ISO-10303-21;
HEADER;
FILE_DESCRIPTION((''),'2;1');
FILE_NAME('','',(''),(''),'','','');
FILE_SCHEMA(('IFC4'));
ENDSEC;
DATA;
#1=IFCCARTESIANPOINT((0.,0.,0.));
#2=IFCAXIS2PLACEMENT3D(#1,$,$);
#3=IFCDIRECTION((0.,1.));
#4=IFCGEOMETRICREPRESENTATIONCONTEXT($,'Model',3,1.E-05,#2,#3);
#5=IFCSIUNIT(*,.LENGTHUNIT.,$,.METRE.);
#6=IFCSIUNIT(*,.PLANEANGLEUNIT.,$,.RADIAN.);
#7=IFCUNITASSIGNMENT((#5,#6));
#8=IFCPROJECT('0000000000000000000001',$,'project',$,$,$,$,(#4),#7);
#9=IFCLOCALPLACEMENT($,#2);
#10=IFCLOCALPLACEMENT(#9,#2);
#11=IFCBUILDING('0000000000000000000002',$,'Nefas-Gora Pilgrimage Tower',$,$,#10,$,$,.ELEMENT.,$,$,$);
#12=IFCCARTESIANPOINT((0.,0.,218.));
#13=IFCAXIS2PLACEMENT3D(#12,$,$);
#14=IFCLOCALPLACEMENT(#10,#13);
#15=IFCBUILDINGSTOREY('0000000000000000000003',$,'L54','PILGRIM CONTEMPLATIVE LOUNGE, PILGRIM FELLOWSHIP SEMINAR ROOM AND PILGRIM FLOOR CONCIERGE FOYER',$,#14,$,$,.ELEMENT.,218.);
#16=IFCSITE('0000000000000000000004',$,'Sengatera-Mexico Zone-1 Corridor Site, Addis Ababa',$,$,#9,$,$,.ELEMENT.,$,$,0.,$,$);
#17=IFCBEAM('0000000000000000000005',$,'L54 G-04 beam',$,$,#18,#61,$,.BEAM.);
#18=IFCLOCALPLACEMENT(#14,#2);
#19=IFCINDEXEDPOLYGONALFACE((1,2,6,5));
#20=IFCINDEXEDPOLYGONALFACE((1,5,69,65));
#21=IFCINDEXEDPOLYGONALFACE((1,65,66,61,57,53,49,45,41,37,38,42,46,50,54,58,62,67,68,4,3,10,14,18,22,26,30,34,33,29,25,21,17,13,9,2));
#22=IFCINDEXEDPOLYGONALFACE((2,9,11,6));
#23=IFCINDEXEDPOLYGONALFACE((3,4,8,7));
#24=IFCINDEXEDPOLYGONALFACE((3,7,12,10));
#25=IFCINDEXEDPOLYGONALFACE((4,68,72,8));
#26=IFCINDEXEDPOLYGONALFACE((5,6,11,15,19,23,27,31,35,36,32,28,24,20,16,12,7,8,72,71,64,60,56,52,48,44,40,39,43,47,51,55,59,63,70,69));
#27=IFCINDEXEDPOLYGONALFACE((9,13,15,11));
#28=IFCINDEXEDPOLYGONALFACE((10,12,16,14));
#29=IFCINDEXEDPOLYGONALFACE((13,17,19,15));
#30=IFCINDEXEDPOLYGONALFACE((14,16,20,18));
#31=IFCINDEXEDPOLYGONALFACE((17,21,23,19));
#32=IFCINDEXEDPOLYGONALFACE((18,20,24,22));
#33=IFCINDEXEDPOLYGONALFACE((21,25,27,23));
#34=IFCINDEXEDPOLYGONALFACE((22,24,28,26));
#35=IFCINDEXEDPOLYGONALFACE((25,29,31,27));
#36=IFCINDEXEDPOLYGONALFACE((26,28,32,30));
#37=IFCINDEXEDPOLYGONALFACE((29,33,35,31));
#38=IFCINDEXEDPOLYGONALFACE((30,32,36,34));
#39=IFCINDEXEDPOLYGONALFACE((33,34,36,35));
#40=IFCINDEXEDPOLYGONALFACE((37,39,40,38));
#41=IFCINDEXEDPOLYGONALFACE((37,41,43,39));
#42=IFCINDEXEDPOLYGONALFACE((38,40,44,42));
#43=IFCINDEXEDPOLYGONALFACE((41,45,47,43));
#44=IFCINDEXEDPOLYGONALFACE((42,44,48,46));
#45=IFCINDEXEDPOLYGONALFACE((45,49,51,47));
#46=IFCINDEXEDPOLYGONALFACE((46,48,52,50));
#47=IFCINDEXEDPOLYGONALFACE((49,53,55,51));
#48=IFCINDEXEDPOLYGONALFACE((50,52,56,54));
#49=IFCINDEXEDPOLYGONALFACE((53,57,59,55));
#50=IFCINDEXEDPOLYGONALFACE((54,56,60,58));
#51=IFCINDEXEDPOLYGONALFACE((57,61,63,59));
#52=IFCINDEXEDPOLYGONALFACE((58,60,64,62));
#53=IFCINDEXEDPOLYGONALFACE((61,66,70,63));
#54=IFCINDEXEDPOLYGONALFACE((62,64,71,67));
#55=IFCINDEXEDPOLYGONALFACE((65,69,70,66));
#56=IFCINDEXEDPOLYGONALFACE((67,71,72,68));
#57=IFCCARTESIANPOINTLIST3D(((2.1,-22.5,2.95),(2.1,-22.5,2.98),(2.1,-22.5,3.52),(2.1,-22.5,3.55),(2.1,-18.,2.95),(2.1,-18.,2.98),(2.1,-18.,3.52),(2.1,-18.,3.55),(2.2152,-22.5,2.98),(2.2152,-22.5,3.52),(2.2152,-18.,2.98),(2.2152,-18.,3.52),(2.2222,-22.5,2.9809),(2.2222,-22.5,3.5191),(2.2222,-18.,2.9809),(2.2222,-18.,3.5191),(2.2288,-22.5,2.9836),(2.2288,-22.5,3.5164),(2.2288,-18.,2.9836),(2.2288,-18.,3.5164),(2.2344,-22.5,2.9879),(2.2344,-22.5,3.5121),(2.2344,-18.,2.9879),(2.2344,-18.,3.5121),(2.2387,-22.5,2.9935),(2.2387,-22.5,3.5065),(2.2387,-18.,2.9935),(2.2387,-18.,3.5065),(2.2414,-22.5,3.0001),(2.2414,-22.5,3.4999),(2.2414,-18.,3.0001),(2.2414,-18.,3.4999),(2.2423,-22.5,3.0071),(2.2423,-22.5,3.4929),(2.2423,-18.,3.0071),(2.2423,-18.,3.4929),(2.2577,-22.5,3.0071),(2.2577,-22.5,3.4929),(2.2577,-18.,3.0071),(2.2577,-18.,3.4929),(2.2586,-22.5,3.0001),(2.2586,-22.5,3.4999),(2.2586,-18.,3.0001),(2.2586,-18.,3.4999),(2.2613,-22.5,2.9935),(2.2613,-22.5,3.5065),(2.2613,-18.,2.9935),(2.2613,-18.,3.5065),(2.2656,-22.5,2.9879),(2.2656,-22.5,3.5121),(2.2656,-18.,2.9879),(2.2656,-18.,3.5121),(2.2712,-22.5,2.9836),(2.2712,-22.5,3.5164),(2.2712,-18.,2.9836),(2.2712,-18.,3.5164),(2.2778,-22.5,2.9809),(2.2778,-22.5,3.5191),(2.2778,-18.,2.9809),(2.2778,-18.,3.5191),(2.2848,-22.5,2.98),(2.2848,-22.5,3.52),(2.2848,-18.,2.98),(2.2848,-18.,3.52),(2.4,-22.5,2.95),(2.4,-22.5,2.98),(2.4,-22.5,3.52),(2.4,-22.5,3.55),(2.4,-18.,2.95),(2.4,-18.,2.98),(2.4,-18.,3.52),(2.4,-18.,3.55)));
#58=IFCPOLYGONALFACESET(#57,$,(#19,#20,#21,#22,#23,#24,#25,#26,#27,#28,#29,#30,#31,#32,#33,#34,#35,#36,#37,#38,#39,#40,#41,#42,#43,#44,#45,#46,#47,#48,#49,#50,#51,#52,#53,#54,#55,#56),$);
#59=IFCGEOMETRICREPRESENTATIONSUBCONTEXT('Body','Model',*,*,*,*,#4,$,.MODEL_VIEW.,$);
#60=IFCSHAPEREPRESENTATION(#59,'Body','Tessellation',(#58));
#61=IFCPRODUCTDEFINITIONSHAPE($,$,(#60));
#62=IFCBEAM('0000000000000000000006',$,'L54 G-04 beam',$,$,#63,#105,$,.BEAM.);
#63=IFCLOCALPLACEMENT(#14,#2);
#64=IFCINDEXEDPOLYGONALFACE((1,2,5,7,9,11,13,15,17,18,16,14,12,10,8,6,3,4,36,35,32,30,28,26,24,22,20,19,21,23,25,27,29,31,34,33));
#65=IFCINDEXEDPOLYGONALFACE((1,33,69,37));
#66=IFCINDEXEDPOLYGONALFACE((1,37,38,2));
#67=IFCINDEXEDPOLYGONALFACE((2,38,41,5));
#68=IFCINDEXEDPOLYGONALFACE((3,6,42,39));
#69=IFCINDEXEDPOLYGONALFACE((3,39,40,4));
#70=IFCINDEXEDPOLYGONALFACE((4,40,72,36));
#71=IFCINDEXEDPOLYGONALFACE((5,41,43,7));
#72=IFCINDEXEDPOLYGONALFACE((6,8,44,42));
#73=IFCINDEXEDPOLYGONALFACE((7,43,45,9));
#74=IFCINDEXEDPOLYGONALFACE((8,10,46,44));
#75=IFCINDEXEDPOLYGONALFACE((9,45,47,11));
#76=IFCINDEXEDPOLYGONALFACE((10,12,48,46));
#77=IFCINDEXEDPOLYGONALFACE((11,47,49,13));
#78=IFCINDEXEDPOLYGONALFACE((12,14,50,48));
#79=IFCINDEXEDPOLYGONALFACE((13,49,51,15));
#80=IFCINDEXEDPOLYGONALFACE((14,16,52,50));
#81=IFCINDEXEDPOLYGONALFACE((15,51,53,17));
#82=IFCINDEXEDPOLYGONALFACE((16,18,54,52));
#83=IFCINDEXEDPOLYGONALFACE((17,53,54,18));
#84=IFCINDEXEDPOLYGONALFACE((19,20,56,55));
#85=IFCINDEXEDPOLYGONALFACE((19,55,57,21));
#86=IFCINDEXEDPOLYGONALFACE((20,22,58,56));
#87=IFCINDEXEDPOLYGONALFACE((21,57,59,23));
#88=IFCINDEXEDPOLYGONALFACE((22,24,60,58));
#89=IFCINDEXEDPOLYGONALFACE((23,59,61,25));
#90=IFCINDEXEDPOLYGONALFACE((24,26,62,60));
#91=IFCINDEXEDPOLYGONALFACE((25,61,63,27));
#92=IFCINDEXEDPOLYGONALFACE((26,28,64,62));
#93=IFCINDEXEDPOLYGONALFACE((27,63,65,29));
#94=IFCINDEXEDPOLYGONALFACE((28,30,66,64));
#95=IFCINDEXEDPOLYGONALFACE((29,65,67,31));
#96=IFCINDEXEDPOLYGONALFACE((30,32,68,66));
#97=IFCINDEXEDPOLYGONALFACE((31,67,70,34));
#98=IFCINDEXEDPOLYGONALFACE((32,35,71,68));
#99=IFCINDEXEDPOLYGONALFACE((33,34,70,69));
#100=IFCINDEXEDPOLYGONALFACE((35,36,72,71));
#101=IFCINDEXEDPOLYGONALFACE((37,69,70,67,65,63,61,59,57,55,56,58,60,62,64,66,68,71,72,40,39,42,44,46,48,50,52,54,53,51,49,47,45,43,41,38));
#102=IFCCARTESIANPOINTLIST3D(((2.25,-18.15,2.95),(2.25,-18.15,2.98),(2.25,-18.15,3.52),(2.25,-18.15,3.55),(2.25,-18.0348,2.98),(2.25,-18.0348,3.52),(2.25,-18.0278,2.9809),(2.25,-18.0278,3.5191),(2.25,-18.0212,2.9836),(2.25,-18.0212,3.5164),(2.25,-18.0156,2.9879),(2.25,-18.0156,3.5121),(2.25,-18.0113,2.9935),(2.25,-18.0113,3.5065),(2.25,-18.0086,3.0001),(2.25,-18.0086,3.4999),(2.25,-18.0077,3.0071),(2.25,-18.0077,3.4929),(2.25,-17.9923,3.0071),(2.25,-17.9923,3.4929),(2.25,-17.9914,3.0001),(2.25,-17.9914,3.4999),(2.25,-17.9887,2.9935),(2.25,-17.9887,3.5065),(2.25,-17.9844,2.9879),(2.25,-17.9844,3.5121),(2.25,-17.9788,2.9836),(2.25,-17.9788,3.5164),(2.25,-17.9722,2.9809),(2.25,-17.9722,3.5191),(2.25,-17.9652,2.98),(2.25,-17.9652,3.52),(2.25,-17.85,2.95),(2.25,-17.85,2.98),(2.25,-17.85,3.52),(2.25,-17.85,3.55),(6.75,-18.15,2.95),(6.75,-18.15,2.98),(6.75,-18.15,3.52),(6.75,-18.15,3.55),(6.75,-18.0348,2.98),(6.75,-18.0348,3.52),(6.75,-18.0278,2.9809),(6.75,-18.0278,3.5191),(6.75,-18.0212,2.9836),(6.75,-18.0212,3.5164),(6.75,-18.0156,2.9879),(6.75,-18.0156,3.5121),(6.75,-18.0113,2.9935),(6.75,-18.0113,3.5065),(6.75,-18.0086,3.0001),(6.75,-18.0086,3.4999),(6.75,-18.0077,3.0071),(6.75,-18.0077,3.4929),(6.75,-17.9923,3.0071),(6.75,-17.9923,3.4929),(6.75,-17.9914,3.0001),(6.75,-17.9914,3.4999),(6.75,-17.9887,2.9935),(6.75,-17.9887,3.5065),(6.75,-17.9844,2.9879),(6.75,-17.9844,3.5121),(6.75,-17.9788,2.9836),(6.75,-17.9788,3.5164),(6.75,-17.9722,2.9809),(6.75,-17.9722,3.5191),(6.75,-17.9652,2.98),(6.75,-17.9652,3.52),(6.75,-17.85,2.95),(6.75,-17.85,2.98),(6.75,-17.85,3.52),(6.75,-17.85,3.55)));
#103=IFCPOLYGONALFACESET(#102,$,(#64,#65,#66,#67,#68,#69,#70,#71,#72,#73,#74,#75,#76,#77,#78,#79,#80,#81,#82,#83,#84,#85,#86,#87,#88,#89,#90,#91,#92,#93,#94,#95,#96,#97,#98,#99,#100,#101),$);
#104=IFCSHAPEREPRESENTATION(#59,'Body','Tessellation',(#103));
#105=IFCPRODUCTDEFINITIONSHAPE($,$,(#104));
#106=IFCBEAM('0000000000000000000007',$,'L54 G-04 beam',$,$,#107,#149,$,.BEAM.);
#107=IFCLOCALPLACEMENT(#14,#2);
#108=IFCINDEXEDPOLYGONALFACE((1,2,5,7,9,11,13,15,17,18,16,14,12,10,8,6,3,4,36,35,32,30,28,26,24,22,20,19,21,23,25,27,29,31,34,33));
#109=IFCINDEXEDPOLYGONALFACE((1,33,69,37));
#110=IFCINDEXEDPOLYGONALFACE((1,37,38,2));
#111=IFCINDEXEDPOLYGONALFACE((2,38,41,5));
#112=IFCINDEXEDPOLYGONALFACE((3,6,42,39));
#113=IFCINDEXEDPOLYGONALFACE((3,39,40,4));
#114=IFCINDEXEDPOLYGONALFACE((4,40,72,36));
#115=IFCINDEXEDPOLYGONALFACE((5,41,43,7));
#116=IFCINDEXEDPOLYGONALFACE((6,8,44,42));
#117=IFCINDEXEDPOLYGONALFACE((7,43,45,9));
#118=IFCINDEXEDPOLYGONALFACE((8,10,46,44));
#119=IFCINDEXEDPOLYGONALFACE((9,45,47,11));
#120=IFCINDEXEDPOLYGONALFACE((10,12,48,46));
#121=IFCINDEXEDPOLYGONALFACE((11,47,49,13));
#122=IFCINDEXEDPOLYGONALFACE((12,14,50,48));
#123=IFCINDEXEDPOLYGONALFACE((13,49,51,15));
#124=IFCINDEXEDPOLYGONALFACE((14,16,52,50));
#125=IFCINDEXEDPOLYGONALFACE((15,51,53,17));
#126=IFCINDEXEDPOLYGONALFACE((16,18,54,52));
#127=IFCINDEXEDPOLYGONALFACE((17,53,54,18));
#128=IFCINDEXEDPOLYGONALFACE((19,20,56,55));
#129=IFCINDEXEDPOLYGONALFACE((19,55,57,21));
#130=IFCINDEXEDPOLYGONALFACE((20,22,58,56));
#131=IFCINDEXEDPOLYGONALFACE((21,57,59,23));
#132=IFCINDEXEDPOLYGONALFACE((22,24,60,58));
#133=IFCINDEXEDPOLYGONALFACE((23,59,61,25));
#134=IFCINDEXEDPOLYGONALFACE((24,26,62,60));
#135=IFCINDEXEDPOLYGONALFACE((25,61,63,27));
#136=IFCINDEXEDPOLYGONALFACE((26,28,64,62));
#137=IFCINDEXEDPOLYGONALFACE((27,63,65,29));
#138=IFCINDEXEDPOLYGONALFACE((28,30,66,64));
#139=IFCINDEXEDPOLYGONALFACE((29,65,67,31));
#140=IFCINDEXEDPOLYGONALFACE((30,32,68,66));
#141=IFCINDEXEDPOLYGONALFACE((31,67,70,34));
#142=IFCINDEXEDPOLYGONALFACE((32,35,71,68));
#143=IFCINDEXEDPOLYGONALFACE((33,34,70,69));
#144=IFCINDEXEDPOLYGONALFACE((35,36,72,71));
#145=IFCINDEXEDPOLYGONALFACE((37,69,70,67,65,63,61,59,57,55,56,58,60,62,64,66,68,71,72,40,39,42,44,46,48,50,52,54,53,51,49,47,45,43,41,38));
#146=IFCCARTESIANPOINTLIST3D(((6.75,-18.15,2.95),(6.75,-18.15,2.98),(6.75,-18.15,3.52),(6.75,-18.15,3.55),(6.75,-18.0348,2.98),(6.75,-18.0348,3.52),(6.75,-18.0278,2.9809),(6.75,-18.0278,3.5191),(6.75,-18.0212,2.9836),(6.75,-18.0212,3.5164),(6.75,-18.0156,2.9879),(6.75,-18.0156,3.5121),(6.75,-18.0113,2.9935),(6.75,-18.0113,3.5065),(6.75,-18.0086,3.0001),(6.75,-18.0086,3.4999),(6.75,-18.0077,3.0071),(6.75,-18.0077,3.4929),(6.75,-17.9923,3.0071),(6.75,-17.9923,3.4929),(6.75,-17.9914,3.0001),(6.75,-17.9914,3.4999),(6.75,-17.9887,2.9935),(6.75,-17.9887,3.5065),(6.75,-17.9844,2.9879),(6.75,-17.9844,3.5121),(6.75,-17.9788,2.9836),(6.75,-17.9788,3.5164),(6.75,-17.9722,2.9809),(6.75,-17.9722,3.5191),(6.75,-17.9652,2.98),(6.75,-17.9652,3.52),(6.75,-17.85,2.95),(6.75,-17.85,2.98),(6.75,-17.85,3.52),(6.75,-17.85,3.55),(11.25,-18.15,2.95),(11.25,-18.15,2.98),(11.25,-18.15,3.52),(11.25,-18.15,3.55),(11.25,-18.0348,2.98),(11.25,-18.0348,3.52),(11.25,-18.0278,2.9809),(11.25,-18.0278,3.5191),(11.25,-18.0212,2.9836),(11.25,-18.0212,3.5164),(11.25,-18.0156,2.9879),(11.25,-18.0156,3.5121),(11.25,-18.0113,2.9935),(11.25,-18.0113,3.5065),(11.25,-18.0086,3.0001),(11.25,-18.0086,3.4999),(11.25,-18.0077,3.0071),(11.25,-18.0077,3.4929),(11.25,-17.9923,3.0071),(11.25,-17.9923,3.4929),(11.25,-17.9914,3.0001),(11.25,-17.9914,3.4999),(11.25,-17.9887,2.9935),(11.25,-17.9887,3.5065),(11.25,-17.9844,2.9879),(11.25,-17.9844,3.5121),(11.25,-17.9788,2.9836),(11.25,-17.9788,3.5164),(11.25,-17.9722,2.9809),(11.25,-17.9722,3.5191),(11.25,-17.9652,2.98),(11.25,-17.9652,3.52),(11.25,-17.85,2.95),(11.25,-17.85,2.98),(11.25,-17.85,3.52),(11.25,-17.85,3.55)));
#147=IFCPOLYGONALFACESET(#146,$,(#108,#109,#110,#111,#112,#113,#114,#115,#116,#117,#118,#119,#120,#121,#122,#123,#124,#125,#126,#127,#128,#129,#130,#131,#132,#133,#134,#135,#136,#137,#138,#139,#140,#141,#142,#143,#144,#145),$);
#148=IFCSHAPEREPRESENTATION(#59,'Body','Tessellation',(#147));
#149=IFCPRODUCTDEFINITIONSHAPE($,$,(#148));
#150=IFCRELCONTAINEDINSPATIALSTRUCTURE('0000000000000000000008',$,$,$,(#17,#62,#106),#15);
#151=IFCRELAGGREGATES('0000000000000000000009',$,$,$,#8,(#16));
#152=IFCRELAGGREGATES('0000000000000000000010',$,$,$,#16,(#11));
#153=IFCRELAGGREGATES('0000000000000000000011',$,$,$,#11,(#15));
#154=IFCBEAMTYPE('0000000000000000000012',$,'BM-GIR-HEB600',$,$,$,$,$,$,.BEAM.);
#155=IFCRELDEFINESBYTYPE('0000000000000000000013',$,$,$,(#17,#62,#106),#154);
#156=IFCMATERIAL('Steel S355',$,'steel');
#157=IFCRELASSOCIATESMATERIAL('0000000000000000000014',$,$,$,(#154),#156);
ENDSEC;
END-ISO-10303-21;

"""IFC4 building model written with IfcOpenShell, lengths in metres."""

from ifc_helpers import new_model, si_unit, direction, frame, origin, origin_2d, place, context, subcontext, project, spatial, i_section, extrude, source, transform, mapped, material, material_profile, profile_set, type_object, element, save


model = new_model("IFC4")

# Units and contexts
model_context = context("Model", 3, precision=1e-05, world=origin(), true_north=direction((0.0, 1.0)))
body_context = subcontext(model_context, "Body", "Model", "MODEL_VIEW")
ifc_project = project(units=[si_unit("LENGTHUNIT", "METRE"), si_unit("PLANEANGLEUNIT", "RADIAN")], contexts=[model_context])

# Site, building, storey
site_placement = place(None, origin())
site = spatial("IfcSite", under=ifc_project, at=site_placement, Name="Sengatera-Mexico Zone-1 Corridor Site, Addis Ababa", CompositionType="ELEMENT", RefElevation=0.0)
building_placement = place(site_placement, origin())
building = spatial("IfcBuilding", under=site, at=building_placement, Name="Nefas-Gora Pilgrimage Tower", CompositionType="ELEMENT")
storey_placement = place(building_placement, frame((0.0, 0.0, 218.0)))
storey = spatial("IfcBuildingStorey", under=building, at=storey_placement, Name="L54", Description="PILGRIM CONTEMPLATIVE LOUNGE, PILGRIM FELLOWSHIP SEMINAR ROOM AND PILGRIM FLOOR CONCIERGE FOYER", CompositionType="ELEMENT", Elevation=218.0)

# Beams
ifc_material_1 = material(Name="Steel S355", Category="steel")
ifc_material_profile_1 = material_profile(ifc_material_1, i_section(OverallWidth=0.3, OverallDepth=0.6001, WebThickness=0.0154, FlangeThickness=0.03, FilletRadius=0.0271, at=origin_2d()), Name="HEB 600")
ifc_profile_set_1 = profile_set([ifc_material_profile_1], Name="Steel S355")
beam_type = type_object("IfcBeamType", Name="BM-GIR-HEB600", PredefinedType="BEAM", material=ifc_profile_set_1)
shared_shape_1 = source(origin(), body_context, "Body", "SweptSolid", [
    extrude(i_section(OverallWidth=0.3, OverallDepth=0.6001, WebThickness=0.0154, FlangeThickness=0.03, FilletRadius=0.0271, at=origin_2d()), origin(), (0.0, 0.0, 1.0), 4.5),
])
for number, where, z_axis, x_axis, name in (
    (1, (2.25, -22.5, 3.25), (0.0, 1.0, 0.0), (-1.0, 0.0, 0.0), "L54 G-04 beam"),
    (2, (2.25, -18.0, 3.25), (1.0, 0.0, 0.0), (0.0, 1.0, 0.0), "L54 G-04 beam"),
    (3, (6.75, -18.0, 3.25), (1.0, 0.0, 0.0), (0.0, 1.0, 0.0), "L54 G-04 beam"),
):
    element("IfcBeam", number, at=place(storey_placement, frame(where, z_axis=z_axis, x_axis=x_axis)), inside=storey, type_object=beam_type, Name=name, PredefinedType="BEAM", context=body_context, shape_type="MappedRepresentation", body=[
        mapped(shared_shape_1, transform((0.0, 0.0, 0.0), x_axis=(1.0, 0.0, 0.0), y_axis=(0.0, 1.0, 0.0), z_axis=(0.0, 0.0, 1.0), scale=1.0)),
    ])

save(model, "model.ifc")
